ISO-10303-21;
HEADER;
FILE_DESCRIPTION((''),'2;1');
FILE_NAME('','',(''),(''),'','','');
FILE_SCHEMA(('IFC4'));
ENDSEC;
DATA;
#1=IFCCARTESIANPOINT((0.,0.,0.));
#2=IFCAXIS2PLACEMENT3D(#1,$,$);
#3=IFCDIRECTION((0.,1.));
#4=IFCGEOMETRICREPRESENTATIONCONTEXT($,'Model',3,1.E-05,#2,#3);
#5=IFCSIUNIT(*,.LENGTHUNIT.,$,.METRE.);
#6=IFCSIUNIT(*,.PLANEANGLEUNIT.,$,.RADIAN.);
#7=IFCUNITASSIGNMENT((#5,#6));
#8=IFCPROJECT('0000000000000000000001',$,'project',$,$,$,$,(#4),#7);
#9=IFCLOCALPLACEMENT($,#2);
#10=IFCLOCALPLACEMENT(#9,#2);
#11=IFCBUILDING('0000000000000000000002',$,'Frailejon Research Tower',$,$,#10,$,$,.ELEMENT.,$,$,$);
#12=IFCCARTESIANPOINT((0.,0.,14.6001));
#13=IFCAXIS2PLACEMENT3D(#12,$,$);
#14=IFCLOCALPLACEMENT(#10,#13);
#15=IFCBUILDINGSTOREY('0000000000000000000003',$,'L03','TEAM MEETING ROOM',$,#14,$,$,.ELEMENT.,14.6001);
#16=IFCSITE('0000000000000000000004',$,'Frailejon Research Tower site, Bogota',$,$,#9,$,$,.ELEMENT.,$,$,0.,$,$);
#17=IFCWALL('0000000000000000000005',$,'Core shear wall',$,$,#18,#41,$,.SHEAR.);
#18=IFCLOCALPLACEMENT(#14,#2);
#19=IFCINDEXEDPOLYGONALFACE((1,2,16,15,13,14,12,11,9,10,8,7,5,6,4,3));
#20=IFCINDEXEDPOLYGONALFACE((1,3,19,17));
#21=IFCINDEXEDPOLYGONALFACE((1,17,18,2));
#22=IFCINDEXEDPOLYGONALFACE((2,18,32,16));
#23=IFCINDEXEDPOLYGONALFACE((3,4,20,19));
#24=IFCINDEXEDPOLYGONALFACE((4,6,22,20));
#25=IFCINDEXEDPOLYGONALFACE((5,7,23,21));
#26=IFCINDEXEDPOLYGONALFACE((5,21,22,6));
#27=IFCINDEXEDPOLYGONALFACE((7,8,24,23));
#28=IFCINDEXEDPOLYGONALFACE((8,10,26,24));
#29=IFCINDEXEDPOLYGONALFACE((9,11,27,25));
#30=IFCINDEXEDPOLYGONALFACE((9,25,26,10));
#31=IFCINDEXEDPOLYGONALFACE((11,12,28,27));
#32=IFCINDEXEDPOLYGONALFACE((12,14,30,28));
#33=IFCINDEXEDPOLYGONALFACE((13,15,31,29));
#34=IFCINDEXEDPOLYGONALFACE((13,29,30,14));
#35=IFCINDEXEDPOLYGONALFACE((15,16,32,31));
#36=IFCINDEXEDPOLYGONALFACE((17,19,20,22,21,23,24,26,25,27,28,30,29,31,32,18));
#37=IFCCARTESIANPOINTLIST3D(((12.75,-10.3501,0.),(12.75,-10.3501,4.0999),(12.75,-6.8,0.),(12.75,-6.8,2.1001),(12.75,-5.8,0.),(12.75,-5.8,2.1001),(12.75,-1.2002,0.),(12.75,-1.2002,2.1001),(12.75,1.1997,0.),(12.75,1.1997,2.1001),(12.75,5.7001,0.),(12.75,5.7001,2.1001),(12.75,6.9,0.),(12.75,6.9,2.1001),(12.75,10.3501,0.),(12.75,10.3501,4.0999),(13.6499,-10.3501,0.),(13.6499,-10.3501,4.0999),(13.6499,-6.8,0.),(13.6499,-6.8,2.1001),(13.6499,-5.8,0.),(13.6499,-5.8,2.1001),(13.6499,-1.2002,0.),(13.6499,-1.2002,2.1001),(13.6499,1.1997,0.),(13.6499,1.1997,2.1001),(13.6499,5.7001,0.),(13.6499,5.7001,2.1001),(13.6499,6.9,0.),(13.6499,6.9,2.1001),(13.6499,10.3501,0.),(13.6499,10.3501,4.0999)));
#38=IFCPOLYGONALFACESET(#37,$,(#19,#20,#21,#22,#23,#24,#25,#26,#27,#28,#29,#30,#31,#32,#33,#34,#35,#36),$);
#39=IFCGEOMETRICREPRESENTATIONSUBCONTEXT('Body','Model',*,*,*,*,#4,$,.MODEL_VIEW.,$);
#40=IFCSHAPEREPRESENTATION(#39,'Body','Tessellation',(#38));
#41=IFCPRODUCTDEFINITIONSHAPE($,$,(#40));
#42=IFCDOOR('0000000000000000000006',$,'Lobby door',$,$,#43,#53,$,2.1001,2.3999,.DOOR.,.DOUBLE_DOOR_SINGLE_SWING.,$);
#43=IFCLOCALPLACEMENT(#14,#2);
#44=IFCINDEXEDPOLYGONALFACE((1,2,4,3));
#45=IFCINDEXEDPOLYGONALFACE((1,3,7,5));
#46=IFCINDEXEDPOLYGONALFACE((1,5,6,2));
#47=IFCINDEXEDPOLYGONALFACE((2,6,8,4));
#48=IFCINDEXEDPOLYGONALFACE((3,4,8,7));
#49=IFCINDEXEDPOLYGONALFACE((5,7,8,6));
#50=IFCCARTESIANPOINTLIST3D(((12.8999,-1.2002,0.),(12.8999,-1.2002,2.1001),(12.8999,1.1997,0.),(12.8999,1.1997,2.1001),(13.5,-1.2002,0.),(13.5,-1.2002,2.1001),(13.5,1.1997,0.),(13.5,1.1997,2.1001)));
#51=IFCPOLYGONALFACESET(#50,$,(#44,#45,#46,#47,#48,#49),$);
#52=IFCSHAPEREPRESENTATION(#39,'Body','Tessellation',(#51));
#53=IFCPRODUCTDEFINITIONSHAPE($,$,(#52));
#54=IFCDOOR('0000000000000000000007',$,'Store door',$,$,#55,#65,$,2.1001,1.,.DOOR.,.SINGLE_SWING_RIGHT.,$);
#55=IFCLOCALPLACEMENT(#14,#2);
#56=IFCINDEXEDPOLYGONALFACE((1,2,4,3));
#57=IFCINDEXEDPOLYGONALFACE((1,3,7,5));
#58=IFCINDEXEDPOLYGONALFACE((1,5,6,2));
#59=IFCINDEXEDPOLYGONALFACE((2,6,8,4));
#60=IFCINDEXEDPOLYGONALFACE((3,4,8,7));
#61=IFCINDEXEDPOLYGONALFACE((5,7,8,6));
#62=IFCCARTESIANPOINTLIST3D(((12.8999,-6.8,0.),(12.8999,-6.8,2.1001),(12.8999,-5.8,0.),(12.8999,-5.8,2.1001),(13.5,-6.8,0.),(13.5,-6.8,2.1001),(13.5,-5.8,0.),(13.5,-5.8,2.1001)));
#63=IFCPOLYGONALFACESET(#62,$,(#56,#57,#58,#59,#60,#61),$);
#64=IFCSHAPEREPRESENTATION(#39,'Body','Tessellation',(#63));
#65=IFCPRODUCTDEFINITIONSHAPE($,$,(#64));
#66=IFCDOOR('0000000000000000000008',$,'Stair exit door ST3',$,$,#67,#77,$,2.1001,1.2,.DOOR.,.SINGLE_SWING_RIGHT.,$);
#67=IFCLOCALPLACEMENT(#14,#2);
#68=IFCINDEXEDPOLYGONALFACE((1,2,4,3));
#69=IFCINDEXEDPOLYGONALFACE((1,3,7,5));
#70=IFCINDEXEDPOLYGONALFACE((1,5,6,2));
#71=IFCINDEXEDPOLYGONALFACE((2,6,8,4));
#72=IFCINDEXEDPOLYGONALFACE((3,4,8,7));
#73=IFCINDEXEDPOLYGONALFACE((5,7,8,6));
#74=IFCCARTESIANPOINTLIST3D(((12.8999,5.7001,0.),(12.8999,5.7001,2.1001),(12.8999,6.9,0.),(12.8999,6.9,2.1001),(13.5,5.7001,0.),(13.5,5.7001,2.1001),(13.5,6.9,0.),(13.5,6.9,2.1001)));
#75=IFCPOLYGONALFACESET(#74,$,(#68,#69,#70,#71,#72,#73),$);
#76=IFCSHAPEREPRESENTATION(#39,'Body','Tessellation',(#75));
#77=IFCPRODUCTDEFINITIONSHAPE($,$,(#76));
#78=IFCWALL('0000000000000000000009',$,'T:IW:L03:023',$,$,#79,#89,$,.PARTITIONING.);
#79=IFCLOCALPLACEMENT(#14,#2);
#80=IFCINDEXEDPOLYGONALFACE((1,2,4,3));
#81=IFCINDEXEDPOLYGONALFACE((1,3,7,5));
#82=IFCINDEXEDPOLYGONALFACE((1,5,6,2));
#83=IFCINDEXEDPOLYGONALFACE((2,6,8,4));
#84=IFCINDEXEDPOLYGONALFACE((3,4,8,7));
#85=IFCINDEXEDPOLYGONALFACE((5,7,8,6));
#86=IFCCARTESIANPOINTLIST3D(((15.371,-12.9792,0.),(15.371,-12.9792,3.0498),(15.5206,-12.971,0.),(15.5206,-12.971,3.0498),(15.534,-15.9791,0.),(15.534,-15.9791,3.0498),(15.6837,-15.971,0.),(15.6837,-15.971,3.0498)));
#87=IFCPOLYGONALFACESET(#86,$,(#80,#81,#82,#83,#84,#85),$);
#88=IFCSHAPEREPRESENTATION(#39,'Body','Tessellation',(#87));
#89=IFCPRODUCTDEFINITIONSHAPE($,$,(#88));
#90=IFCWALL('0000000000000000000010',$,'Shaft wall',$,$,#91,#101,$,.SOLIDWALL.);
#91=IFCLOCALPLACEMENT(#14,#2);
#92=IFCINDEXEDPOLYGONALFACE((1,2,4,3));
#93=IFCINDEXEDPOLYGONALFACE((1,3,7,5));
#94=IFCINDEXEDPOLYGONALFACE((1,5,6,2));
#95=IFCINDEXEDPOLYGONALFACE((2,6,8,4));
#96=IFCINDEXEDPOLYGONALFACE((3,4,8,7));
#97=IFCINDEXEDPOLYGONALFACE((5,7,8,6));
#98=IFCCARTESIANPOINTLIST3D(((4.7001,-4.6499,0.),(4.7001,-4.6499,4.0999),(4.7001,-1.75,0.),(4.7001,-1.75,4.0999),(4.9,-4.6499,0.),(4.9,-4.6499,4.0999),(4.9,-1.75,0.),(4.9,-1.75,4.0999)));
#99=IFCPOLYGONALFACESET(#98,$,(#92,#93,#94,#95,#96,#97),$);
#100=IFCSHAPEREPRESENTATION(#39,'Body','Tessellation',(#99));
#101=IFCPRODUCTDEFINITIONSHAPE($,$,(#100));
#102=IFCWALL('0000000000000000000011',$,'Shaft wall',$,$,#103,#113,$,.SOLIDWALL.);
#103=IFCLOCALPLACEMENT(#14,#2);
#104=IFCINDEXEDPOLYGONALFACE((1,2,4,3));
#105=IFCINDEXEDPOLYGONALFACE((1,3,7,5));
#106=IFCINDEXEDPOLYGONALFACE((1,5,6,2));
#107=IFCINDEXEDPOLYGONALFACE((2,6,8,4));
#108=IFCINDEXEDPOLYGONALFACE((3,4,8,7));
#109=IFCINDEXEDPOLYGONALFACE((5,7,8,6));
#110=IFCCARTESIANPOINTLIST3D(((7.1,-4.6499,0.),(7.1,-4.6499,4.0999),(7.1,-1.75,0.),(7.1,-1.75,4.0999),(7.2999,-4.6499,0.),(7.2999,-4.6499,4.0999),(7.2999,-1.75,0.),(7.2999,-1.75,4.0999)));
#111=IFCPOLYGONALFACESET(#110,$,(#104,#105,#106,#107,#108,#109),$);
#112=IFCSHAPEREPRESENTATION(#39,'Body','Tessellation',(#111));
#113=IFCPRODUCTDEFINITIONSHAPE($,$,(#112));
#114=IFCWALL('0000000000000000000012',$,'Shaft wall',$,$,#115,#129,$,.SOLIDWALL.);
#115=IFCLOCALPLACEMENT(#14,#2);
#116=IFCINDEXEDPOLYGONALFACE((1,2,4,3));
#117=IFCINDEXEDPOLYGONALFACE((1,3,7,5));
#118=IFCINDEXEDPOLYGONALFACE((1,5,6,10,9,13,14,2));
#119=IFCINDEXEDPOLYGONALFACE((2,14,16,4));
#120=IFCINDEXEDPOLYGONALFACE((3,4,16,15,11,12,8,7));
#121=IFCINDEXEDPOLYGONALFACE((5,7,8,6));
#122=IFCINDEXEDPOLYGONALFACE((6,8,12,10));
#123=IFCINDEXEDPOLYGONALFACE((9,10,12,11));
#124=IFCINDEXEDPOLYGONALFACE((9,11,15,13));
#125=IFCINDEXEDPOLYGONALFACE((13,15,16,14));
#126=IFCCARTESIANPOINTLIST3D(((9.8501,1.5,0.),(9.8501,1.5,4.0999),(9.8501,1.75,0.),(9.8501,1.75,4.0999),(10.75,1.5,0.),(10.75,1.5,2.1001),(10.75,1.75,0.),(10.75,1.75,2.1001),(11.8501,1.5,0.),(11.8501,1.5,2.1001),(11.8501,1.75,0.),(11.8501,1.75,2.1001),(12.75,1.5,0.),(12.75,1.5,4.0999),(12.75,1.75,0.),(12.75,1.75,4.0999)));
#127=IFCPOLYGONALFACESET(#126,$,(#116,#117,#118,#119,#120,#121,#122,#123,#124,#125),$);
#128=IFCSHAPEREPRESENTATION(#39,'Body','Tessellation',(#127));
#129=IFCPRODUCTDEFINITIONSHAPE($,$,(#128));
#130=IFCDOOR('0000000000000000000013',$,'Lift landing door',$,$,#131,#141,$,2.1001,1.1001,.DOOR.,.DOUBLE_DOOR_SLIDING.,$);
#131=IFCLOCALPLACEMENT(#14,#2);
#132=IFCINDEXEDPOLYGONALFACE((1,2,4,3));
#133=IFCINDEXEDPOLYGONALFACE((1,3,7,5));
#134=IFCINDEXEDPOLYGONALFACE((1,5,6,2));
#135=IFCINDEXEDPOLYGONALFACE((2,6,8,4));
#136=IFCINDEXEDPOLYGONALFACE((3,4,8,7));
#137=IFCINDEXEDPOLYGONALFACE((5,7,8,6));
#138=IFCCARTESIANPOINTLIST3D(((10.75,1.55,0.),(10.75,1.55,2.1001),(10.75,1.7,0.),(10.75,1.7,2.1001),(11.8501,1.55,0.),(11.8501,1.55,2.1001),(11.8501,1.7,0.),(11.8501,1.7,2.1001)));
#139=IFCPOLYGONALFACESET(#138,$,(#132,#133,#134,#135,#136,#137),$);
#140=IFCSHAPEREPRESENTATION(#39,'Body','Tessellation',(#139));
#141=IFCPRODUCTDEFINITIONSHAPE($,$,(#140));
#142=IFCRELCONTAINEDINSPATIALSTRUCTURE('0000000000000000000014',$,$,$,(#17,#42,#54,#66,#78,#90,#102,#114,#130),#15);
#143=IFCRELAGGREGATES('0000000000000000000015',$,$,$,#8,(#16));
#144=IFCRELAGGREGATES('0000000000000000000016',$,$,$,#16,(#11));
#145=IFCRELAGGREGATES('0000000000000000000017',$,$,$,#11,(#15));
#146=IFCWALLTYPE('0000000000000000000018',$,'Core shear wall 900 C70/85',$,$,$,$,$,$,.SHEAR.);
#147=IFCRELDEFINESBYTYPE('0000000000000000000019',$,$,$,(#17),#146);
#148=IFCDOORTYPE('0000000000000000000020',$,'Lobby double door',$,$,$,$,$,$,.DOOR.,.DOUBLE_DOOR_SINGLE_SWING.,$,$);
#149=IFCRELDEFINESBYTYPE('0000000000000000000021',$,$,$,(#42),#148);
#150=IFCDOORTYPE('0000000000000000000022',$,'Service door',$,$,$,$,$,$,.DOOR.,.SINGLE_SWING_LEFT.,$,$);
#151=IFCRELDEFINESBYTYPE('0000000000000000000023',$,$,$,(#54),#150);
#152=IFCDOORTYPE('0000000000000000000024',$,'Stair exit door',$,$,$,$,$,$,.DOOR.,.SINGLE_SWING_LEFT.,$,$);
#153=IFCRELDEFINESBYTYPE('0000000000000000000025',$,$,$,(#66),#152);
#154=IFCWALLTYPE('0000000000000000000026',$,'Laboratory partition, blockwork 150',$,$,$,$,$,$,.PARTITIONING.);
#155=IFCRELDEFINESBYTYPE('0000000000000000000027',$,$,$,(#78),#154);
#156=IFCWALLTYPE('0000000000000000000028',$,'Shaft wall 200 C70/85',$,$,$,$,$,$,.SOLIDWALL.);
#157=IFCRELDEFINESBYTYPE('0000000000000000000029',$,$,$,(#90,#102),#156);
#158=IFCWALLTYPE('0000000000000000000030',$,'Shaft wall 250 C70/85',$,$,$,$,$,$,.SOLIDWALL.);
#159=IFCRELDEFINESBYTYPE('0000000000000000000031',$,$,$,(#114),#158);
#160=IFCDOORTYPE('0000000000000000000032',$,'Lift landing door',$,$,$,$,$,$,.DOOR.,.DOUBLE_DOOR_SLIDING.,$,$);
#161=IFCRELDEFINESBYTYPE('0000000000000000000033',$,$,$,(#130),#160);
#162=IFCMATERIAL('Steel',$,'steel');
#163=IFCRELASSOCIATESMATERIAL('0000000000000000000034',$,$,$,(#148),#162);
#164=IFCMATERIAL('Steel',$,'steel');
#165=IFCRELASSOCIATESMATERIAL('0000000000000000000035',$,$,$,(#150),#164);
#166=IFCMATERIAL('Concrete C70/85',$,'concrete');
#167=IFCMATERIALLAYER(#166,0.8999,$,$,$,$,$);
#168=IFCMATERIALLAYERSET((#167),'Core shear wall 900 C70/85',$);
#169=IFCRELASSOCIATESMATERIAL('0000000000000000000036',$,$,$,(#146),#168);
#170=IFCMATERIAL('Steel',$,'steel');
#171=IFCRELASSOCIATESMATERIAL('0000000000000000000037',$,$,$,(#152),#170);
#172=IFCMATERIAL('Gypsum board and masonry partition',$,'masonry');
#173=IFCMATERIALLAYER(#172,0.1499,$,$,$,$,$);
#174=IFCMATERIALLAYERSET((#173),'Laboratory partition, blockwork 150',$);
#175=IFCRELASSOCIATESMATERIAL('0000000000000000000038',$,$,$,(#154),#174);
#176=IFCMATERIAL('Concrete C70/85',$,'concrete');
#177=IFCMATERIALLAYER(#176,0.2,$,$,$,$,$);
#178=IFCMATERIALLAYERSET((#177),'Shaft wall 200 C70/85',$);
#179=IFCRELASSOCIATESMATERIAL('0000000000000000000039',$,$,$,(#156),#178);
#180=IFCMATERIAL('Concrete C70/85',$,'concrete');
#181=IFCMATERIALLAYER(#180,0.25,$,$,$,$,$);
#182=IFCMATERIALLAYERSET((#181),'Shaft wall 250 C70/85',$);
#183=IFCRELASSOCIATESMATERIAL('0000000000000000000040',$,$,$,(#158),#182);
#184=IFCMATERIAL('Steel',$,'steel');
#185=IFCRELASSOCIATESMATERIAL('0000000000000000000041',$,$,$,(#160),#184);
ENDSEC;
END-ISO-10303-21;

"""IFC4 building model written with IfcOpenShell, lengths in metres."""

from ifc_helpers import new_model, si_unit, direction, frame, frame_2d, origin, place, context, subcontext, project, spatial, rectangle, extrude, material, layer, layer_set, type_object, element, fill, save


model = new_model("IFC4")

# Units and contexts
model_context = context("Model", 3, precision=1e-05, world=origin(), true_north=direction((0.0, 1.0)))
body_context = subcontext(model_context, "Body", "Model", "MODEL_VIEW")
ifc_project = project(units=[si_unit("LENGTHUNIT", "METRE"), si_unit("PLANEANGLEUNIT", "RADIAN")], contexts=[model_context])

# Site, building, storey
site_placement = place(None, origin())
site = spatial("IfcSite", under=ifc_project, at=site_placement, Name="Frailejon Research Tower site, Bogota", CompositionType="ELEMENT", RefElevation=0.0)
building_placement = place(site_placement, origin())
building = spatial("IfcBuilding", under=site, at=building_placement, Name="Frailejon Research Tower", CompositionType="ELEMENT")
storey_placement = place(building_placement, frame((0.0, 0.0, 14.6001)))
storey = spatial("IfcBuildingStorey", under=building, at=storey_placement, Name="L03", Description="TEAM MEETING ROOM", CompositionType="ELEMENT", Elevation=14.6001)

# Wall, openings, doors
ifc_material_1 = material(Name="Steel", Category="steel")
door_type_1 = type_object("IfcDoorType", Name="Lobby double door", OperationType="DOUBLE_DOOR_SINGLE_SWING", PredefinedType="DOOR", material=ifc_material_1)
ifc_material_2 = material(Name="Steel", Category="steel")
door_type_2 = type_object("IfcDoorType", Name="Service door", OperationType="SINGLE_SWING_LEFT", PredefinedType="DOOR", material=ifc_material_2)
ifc_material_3 = material(Name="Concrete C70/85", Category="concrete")
ifc_layer_1 = layer(ifc_material_3, 0.8999)
ifc_layer_set_1 = layer_set([ifc_layer_1], Name="Core shear wall 900 C70/85")
wall_type_1 = type_object("IfcWallType", Name="Core shear wall 900 C70/85", PredefinedType="SHEAR", material=ifc_layer_set_1)
wall_1_placement = place(storey_placement, frame((13.2, -10.3501, 0.0), z_axis=(0.0, 0.0, 1.0), x_axis=(0.0, 1.0, 0.0)))
wall_1 = element("IfcWall", 1, at=wall_1_placement, inside=storey, type_object=wall_type_1, Name="Core shear wall", PredefinedType="SHEAR", context=body_context, shape_type="SweptSolid", body=[
    extrude(rectangle(XDim=20.7002, YDim=0.8999, at=frame_2d((10.3501, 0.0))), origin(), (0.0, 0.0, 1.0), 4.0999),
])
opening_1_placement = place(wall_1_placement, frame((9.1499, 0.0, 0.0)))
opening_1 = element("IfcOpeningElement", 2, at=opening_1_placement, cuts=wall_1, PredefinedType="OPENING", context=body_context, shape_type="SweptSolid", body=[
    extrude(rectangle(XDim=2.3999, YDim=2.1001, at=frame_2d((1.2, 1.05))), frame((0.0, 0.46, 0.0), z_axis=(0.0, -1.0, 0.0), x_axis=(1.0, 0.0, 0.0)), (0.0, 0.0, 1.0), 0.9199),
])
opening_2_placement = place(wall_1_placement, frame((16.05, 0.0, 0.0)))
opening_2 = element("IfcOpeningElement", 3, at=opening_2_placement, cuts=wall_1, PredefinedType="OPENING", context=body_context, shape_type="SweptSolid", body=[
    extrude(rectangle(XDim=1.2, YDim=2.1001, at=frame_2d((0.6001, 1.05))), frame((0.0, 0.46, 0.0), z_axis=(0.0, -1.0, 0.0), x_axis=(1.0, 0.0, 0.0)), (0.0, 0.0, 1.0), 0.9199),
])
opening_3_placement = place(wall_1_placement, frame((3.55, 0.0, 0.0)))
opening_3 = element("IfcOpeningElement", 4, at=opening_3_placement, cuts=wall_1, PredefinedType="OPENING", context=body_context, shape_type="SweptSolid", body=[
    extrude(rectangle(XDim=1.0, YDim=2.1001, at=frame_2d((0.5, 1.05))), frame((0.0, 0.46, 0.0), z_axis=(0.0, -1.0, 0.0), x_axis=(1.0, 0.0, 0.0)), (0.0, 0.0, 1.0), 0.9199),
])
door_1_placement = place(opening_1_placement, origin())
door_1 = element("IfcDoor", 5, at=door_1_placement, inside=storey, type_object=door_type_1, Name="Lobby door", OperationType="DOUBLE_DOOR_SINGLE_SWING", OverallHeight=2.1001, OverallWidth=2.3999, PredefinedType="DOOR", context=body_context, shape_type="SweptSolid", body=[
    extrude(rectangle(XDim=2.3999, YDim=2.1001, at=frame_2d((1.2, 1.05))), frame((0.0, 0.3, 0.0), z_axis=(0.0, -1.0, 0.0), x_axis=(1.0, 0.0, 0.0)), (0.0, 0.0, 1.0), 0.6001),
])
fill(opening_1, door_1)
door_2_placement = place(opening_3_placement, origin())
door_2 = element("IfcDoor", 6, at=door_2_placement, inside=storey, type_object=door_type_2, Name="Store door", OperationType="SINGLE_SWING_RIGHT", OverallHeight=2.1001, OverallWidth=1.0, PredefinedType="DOOR", context=body_context, shape_type="SweptSolid", body=[
    extrude(rectangle(XDim=1.0, YDim=2.1001, at=frame_2d((0.5, 1.05))), frame((0.0, 0.3, 0.0), z_axis=(0.0, -1.0, 0.0), x_axis=(1.0, 0.0, 0.0)), (0.0, 0.0, 1.0), 0.6001),
])
fill(opening_3, door_2)
ifc_material_4 = material(Name="Steel", Category="steel")
door_type_3 = type_object("IfcDoorType", Name="Stair exit door", OperationType="SINGLE_SWING_LEFT", PredefinedType="DOOR", material=ifc_material_4)
door_3_placement = place(opening_2_placement, origin())
door_3 = element("IfcDoor", 7, at=door_3_placement, inside=storey, type_object=door_type_3, Name="Stair exit door ST3", OperationType="SINGLE_SWING_RIGHT", OverallHeight=2.1001, OverallWidth=1.2, PredefinedType="DOOR", context=body_context, shape_type="SweptSolid", body=[
    extrude(rectangle(XDim=1.2, YDim=2.1001, at=frame_2d((0.6001, 1.05))), frame((0.0, 0.3, 0.0), z_axis=(0.0, -1.0, 0.0), x_axis=(1.0, 0.0, 0.0)), (0.0, 0.0, 1.0), 0.6001),
])
fill(opening_2, door_3)

# Walls
ifc_material_5 = material(Name="Gypsum board and masonry partition", Category="masonry")
ifc_layer_2 = layer(ifc_material_5, 0.1499)
ifc_layer_set_2 = layer_set([ifc_layer_2], Name="Laboratory partition, blockwork 150")
wall_type_2 = type_object("IfcWallType", Name="Laboratory partition, blockwork 150", PredefinedType="PARTITIONING", material=ifc_layer_set_2)
wall_2_placement = place(storey_placement, frame((15.4458, -12.9751, 0.0), z_axis=(0.0, 0.0, 1.0), x_axis=(0.054282, -0.998526, 0.0)))
element("IfcWall", 8, at=wall_2_placement, inside=storey, type_object=wall_type_2, Name="T:IW:L03:023", PredefinedType="PARTITIONING", context=body_context, shape_type="SweptSolid", body=[
    extrude(rectangle(XDim=3.0044, YDim=0.1499, at=frame_2d((1.5022, 0.0))), origin(), (0.0, 0.0, 1.0), 3.0498),
])
ifc_material_6 = material(Name="Concrete C70/85", Category="concrete")
ifc_layer_3 = layer(ifc_material_6, 0.2)
ifc_layer_set_3 = layer_set([ifc_layer_3], Name="Shaft wall 200 C70/85")
wall_type_3 = type_object("IfcWallType", Name="Shaft wall 200 C70/85", PredefinedType="SOLIDWALL", material=ifc_layer_set_3)
for number, where, z_axis, x_axis, name in (
    (9, (4.8, -4.6499, 0.0), (0.0, 0.0, 1.0), (0.0, 1.0, 0.0), "Shaft wall"),
    (10, (7.2, -4.6499, 0.0), (0.0, 0.0, 1.0), (0.0, 1.0, 0.0), "Shaft wall"),
):
    element("IfcWall", number, at=place(storey_placement, frame(where, z_axis=z_axis, x_axis=x_axis)), inside=storey, type_object=wall_type_3, Name=name, PredefinedType="SOLIDWALL", context=body_context, shape_type="SweptSolid", body=[
        extrude(rectangle(XDim=2.8999, YDim=0.2, at=frame_2d((1.45, 0.0))), origin(), (0.0, 0.0, 1.0), 4.0999),
    ])

# Wall, opening, door
ifc_material_7 = material(Name="Concrete C70/85", Category="concrete")
ifc_layer_4 = layer(ifc_material_7, 0.25)
ifc_layer_set_4 = layer_set([ifc_layer_4], Name="Shaft wall 250 C70/85")
wall_type_4 = type_object("IfcWallType", Name="Shaft wall 250 C70/85", PredefinedType="SOLIDWALL", material=ifc_layer_set_4)
wall_3_placement = place(storey_placement, frame((9.8501, 1.625, 0.0), z_axis=(0.0, 0.0, 1.0), x_axis=(1.0, 0.0, 0.0)))
wall_3 = element("IfcWall", 11, at=wall_3_placement, inside=storey, type_object=wall_type_4, Name="Shaft wall", PredefinedType="SOLIDWALL", context=body_context, shape_type="SweptSolid", body=[
    extrude(rectangle(XDim=2.8999, YDim=0.25, at=frame_2d((1.45, 0.0))), origin(), (0.0, 0.0, 1.0), 4.0999),
])
opening_4_placement = place(wall_3_placement, frame((0.8999, 0.0, 0.0)))
opening_4 = element("IfcOpeningElement", 12, at=opening_4_placement, cuts=wall_3, PredefinedType="OPENING", context=body_context, shape_type="SweptSolid", body=[
    extrude(rectangle(XDim=1.1001, YDim=2.1001, at=frame_2d((0.55, 1.05))), frame((0.0, 0.135, 0.0), z_axis=(0.0, -1.0, 0.0), x_axis=(1.0, 0.0, 0.0)), (0.0, 0.0, 1.0), 0.27),
])
ifc_material_8 = material(Name="Steel", Category="steel")
door_type_4 = type_object("IfcDoorType", Name="Lift landing door", OperationType="DOUBLE_DOOR_SLIDING", PredefinedType="DOOR", material=ifc_material_8)
door_4_placement = place(opening_4_placement, origin())
door_4 = element("IfcDoor", 13, at=door_4_placement, inside=storey, type_object=door_type_4, Name="Lift landing door", OperationType="DOUBLE_DOOR_SLIDING", OverallHeight=2.1001, OverallWidth=1.1001, PredefinedType="DOOR", context=body_context, shape_type="SweptSolid", body=[
    extrude(rectangle(XDim=1.1001, YDim=2.1001, at=frame_2d((0.55, 1.05))), frame((0.0, 0.075, 0.0), z_axis=(0.0, -1.0, 0.0), x_axis=(1.0, 0.0, 0.0)), (0.0, 0.0, 1.0), 0.1499),
])
fill(opening_4, door_4)

save(model, "model.ifc")
